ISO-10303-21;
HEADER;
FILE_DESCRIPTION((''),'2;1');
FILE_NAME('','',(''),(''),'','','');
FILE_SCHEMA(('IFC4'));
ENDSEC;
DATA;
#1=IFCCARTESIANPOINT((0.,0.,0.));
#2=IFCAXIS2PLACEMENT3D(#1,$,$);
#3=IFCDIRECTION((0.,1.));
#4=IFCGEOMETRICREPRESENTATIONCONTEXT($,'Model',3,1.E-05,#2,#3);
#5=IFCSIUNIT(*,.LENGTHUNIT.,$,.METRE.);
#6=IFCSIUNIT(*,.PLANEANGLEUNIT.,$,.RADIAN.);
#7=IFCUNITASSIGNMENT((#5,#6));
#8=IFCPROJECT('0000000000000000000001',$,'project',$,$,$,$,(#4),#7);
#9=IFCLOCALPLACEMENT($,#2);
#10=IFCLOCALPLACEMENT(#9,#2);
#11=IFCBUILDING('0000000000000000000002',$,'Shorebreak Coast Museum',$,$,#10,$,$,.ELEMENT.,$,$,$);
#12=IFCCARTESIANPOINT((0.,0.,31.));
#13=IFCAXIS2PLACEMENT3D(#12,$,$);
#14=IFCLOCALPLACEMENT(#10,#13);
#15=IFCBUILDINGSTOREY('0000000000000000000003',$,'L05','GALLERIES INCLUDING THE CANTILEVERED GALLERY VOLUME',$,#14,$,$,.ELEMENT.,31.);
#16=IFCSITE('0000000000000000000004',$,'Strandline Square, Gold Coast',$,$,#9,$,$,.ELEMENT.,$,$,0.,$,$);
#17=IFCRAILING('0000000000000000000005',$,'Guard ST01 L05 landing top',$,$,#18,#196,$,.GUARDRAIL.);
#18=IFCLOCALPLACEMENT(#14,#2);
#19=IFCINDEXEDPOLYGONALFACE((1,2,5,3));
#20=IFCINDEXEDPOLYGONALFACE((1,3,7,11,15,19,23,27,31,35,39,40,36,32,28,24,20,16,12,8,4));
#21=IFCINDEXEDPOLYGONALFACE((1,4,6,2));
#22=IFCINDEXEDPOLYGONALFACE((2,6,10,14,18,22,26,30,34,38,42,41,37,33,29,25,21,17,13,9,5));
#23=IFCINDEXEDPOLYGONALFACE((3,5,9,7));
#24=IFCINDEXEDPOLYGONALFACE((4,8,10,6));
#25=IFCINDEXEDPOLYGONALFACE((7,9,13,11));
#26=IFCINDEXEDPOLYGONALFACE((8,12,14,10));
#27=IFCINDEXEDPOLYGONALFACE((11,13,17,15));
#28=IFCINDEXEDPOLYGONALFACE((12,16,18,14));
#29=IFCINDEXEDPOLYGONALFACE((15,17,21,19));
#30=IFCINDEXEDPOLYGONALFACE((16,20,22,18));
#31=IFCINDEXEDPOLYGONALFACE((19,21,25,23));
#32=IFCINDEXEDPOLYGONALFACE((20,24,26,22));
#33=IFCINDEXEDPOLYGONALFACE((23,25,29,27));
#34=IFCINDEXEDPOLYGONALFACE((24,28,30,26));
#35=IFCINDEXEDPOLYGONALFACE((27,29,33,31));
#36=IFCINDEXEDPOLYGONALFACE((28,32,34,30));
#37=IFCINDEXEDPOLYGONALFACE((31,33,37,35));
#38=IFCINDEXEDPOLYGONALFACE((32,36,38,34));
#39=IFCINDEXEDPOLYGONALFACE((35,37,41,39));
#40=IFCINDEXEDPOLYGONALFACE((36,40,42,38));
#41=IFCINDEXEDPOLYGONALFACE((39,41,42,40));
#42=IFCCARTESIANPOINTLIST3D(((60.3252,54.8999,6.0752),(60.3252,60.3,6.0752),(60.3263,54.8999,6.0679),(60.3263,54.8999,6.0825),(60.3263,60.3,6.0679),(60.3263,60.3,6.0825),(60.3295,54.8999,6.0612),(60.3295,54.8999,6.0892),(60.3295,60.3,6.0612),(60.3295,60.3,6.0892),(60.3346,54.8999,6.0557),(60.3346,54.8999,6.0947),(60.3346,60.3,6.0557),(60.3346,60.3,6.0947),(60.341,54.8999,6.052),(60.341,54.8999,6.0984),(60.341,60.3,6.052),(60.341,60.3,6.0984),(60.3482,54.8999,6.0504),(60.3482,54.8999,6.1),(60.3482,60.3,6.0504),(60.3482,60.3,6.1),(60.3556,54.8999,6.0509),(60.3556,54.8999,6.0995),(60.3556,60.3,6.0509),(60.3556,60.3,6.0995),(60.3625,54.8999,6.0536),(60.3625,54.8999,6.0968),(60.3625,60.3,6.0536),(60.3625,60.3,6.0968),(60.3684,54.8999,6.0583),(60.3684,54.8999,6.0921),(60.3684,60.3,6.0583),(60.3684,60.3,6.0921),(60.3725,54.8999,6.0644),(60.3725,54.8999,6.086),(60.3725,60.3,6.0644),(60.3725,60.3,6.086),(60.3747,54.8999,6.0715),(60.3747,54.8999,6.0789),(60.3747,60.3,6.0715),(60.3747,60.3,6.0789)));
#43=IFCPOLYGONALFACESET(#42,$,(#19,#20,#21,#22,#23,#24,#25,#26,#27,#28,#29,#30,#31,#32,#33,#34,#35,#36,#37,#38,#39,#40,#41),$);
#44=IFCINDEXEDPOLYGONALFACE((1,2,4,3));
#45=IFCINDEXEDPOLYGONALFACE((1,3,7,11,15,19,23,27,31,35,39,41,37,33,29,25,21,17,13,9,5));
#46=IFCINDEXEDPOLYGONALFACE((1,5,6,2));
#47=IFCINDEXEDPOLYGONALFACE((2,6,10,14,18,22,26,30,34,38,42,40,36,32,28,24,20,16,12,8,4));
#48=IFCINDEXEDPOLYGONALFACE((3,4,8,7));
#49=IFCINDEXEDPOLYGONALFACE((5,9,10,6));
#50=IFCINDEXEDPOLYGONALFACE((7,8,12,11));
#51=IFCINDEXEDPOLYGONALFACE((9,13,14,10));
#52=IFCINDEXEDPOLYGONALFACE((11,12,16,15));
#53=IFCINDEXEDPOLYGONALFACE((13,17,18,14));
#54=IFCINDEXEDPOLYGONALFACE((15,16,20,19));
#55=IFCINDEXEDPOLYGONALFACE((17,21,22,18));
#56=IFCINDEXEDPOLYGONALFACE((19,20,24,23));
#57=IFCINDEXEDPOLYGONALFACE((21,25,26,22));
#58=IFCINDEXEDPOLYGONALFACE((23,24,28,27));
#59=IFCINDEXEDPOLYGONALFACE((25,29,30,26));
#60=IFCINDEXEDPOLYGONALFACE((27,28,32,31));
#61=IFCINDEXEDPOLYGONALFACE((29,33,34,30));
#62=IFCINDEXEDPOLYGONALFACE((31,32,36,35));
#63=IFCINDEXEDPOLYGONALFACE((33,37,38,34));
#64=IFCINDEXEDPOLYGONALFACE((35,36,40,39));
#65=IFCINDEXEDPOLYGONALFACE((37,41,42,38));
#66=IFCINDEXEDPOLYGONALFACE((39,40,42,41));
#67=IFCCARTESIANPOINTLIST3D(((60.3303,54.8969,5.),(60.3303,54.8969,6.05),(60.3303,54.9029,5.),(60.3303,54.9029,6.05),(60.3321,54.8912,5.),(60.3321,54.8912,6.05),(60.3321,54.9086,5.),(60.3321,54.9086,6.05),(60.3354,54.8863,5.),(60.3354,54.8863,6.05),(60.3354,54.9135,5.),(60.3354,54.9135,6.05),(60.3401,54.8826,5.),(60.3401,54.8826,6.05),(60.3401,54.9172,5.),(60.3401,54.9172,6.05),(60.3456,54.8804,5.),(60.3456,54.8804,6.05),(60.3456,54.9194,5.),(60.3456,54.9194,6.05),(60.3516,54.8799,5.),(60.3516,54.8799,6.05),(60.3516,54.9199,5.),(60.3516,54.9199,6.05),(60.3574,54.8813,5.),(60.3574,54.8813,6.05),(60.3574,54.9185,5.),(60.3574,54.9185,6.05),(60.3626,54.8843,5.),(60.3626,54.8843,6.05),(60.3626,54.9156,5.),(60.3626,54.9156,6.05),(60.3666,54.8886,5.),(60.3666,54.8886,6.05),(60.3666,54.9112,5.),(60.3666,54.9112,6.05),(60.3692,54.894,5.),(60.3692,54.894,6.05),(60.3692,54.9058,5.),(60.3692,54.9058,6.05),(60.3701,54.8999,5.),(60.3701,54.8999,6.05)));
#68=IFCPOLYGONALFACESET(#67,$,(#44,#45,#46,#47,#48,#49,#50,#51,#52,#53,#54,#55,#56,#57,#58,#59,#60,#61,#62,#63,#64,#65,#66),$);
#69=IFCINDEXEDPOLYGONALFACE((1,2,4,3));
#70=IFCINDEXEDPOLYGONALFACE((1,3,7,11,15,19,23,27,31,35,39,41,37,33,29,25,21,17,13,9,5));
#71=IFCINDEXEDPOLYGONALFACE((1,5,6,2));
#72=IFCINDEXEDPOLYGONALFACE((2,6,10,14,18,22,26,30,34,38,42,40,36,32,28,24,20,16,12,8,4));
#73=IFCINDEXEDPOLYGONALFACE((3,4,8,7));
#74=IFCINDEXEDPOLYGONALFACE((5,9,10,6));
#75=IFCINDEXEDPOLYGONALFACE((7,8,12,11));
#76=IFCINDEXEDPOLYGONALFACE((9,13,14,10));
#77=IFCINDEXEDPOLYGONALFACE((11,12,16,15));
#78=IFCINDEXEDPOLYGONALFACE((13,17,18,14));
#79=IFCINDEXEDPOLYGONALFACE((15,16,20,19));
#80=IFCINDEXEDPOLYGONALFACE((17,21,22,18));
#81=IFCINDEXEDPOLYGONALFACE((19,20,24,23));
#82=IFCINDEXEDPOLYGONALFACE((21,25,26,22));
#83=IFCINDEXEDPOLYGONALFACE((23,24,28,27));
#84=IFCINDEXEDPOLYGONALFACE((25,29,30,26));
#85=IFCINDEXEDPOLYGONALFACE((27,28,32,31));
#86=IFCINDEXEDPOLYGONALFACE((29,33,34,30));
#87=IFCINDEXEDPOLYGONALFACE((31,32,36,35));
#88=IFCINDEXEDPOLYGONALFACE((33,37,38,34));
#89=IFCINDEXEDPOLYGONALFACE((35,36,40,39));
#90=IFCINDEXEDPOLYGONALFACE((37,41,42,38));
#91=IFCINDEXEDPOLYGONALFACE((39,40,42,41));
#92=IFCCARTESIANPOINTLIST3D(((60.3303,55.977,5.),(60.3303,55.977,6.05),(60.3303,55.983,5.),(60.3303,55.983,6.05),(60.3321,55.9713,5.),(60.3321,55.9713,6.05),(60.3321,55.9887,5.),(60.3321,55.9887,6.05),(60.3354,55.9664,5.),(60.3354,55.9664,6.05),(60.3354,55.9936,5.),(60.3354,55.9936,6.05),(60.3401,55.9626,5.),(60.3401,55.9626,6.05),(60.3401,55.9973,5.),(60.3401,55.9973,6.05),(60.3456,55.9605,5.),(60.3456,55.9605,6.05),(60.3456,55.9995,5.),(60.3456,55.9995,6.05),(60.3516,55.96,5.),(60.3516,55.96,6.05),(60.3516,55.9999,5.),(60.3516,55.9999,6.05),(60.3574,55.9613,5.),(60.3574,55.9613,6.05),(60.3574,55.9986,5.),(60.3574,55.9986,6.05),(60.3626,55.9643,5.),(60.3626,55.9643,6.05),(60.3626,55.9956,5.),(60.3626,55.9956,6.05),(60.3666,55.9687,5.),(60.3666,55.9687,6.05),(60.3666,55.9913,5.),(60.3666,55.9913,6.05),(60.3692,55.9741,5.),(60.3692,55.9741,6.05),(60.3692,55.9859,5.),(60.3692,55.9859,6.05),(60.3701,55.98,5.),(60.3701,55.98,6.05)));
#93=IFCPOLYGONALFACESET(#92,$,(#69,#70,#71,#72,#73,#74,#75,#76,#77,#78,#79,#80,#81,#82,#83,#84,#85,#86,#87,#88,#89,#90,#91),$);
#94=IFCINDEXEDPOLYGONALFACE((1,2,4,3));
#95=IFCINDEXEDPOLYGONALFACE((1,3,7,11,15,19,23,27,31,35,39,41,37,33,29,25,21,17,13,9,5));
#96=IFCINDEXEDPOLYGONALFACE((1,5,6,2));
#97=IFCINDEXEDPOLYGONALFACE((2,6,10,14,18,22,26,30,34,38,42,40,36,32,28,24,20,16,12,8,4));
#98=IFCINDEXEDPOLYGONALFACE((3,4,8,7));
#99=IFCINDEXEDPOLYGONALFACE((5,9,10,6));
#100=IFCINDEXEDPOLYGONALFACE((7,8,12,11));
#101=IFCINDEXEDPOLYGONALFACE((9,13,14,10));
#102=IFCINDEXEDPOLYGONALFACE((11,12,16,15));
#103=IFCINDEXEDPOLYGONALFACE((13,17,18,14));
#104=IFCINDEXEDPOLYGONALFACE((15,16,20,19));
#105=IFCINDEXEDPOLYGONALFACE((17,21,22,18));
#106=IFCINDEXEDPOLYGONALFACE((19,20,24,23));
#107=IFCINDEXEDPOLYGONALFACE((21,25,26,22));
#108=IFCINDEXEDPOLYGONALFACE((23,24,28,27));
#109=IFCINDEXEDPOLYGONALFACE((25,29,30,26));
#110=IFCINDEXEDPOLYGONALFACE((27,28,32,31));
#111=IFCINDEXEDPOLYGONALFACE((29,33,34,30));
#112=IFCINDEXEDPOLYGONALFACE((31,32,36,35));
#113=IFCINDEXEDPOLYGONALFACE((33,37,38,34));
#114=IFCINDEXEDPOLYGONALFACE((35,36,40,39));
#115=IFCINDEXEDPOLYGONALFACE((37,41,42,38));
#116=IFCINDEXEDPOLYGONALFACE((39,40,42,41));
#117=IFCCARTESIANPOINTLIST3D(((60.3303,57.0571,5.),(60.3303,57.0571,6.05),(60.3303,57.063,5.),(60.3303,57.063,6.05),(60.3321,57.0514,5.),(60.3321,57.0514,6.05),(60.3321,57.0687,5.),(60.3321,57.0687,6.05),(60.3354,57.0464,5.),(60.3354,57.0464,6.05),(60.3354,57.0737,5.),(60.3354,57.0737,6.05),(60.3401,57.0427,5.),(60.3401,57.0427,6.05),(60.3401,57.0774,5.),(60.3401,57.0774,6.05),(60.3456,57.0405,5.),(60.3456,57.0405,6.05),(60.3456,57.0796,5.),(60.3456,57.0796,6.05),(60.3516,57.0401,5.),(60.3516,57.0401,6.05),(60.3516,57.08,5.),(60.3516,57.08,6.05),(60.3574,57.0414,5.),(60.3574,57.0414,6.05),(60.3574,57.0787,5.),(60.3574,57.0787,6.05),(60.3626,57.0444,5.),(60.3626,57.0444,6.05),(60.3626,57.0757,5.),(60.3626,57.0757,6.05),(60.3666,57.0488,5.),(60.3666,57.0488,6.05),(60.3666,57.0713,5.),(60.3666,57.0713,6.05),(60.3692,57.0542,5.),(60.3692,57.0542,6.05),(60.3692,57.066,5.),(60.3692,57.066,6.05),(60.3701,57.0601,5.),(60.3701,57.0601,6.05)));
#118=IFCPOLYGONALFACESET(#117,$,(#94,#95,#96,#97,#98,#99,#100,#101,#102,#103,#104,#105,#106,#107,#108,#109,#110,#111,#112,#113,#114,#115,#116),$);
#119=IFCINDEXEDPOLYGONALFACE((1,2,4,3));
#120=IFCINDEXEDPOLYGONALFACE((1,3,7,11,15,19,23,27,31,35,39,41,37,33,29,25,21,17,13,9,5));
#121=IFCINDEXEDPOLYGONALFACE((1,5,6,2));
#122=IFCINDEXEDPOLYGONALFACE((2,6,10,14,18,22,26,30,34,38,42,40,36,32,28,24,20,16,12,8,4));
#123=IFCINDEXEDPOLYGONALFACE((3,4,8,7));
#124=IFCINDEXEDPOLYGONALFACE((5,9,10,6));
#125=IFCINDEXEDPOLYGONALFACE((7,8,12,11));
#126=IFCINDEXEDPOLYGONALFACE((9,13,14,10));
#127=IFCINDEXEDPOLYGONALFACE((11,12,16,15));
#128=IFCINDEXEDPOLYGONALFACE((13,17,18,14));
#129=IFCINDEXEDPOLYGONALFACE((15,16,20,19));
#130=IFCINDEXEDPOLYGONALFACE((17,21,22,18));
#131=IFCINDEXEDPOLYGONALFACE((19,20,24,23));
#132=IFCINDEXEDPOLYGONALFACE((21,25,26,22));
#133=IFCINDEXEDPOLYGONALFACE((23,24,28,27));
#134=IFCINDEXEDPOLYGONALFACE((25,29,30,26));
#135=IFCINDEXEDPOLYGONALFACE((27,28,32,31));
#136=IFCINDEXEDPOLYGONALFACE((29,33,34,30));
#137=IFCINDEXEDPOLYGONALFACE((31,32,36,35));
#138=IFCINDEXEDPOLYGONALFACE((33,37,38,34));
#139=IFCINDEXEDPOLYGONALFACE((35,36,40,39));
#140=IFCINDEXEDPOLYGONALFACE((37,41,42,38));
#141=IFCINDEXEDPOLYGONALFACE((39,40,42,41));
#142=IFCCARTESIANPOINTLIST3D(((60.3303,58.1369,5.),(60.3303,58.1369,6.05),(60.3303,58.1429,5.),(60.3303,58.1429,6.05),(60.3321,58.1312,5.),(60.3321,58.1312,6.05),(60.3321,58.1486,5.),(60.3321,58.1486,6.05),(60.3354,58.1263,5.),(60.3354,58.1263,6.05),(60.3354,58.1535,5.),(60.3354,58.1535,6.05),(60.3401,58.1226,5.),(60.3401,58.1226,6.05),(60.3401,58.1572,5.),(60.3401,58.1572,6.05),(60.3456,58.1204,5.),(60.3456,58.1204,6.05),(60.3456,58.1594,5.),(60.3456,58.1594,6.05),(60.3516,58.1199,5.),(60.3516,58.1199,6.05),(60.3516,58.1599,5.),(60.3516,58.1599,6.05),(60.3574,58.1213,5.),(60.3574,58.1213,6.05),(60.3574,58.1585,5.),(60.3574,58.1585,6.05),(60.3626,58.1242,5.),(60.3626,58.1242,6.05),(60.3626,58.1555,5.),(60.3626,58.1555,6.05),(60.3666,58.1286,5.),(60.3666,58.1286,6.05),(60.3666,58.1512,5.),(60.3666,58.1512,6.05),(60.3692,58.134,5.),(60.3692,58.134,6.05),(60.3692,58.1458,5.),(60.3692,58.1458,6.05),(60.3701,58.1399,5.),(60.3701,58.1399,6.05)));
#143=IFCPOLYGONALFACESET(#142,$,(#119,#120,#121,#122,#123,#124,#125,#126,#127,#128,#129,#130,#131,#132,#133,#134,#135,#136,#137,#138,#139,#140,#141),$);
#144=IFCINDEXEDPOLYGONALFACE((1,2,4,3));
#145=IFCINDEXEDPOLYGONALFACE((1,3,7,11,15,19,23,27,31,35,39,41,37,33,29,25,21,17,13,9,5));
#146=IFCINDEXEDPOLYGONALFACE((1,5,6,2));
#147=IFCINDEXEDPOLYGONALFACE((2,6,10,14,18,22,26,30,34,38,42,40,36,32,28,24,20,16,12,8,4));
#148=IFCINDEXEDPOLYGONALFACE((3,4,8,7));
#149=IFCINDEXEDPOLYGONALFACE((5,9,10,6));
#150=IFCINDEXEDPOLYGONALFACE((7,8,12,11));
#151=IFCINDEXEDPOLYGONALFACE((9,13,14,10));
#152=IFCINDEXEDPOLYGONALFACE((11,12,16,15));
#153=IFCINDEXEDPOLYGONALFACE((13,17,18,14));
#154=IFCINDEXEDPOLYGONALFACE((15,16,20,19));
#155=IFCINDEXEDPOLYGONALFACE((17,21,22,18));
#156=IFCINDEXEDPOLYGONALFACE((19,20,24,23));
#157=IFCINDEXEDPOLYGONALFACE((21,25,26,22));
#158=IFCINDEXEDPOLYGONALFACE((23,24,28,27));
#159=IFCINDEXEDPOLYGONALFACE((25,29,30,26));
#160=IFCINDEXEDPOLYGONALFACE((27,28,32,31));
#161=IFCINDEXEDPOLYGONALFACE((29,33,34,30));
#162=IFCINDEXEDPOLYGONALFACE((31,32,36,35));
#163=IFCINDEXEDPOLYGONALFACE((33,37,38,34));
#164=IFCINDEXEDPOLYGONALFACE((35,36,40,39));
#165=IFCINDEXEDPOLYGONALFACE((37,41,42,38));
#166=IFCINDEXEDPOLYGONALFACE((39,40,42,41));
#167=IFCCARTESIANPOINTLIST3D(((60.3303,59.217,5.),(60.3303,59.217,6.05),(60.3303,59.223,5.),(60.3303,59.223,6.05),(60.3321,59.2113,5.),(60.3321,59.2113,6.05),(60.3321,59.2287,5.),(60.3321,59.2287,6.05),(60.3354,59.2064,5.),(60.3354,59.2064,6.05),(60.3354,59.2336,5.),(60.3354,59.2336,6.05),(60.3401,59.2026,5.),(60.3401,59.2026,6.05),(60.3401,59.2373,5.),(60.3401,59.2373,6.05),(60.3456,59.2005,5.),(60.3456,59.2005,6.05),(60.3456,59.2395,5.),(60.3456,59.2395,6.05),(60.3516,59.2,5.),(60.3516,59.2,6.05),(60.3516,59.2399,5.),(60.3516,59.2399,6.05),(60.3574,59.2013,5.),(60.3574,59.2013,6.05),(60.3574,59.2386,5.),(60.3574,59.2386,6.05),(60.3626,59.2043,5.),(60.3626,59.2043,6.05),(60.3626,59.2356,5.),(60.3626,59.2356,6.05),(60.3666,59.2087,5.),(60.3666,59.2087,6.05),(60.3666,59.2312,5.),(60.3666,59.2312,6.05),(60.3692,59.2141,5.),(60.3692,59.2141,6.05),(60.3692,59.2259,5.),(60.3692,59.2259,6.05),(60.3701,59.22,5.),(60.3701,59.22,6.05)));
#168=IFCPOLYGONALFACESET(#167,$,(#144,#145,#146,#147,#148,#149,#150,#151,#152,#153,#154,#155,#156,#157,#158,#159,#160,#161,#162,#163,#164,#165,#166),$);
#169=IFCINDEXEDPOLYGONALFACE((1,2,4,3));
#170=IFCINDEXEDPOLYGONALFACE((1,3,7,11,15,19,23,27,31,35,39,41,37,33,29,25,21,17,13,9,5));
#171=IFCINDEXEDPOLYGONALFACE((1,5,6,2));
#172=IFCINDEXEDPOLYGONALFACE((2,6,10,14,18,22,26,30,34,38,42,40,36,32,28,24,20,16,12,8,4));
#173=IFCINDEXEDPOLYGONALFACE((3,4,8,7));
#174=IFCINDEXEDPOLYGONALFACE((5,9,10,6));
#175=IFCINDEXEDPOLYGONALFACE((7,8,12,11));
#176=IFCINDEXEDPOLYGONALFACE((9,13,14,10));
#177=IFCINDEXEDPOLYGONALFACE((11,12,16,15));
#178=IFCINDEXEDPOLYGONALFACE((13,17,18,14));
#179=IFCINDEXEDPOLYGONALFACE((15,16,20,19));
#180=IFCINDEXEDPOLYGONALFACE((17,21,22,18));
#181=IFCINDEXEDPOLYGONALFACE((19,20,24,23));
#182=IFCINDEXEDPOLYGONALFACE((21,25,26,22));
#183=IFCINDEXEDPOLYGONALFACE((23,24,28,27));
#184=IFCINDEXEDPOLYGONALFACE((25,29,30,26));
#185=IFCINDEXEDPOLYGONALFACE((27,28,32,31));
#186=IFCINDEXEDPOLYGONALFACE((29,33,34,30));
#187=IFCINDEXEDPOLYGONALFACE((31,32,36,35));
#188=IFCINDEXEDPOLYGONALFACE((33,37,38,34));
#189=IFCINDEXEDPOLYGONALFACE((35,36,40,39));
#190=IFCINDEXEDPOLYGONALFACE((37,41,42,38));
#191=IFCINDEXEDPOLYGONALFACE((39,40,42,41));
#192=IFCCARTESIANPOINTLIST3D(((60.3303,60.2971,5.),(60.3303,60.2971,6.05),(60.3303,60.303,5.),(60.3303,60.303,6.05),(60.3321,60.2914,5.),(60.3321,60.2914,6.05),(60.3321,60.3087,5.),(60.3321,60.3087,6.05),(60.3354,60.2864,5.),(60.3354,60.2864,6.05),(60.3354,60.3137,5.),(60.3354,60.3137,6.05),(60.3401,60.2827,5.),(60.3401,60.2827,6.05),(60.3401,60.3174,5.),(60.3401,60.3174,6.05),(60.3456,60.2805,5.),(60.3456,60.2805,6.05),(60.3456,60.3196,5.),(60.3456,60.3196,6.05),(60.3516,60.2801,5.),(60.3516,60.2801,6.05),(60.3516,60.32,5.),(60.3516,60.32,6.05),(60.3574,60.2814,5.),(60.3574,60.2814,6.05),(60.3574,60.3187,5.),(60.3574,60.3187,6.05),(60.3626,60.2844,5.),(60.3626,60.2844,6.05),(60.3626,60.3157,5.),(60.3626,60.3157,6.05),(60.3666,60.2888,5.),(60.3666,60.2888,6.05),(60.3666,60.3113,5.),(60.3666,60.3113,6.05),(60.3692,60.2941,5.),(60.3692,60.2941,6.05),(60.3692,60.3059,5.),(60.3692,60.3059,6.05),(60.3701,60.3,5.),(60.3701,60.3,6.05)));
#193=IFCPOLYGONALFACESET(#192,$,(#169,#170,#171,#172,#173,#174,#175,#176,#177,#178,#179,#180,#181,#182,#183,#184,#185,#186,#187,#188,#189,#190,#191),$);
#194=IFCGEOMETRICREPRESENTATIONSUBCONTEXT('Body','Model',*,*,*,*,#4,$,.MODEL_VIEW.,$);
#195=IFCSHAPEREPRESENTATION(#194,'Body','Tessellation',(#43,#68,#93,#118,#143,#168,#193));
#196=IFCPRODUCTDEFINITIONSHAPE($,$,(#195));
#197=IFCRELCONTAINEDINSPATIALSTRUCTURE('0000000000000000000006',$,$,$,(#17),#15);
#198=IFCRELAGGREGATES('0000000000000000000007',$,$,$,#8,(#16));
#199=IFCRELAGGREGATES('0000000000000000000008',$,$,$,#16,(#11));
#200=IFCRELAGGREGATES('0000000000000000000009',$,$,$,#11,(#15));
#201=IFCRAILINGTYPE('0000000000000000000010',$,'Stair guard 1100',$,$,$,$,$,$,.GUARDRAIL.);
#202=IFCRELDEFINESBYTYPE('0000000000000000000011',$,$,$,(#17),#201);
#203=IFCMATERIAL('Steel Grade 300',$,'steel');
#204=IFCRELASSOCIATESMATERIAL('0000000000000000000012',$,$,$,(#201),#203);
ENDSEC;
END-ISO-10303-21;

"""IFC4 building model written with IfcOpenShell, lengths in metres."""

from ifc_helpers import new_model, si_unit, direction, frame, origin, origin_2d, place, context, subcontext, project, spatial, circle, extrude, material, type_object, element, save


model = new_model("IFC4")

# Units and contexts
model_context = context("Model", 3, precision=1e-05, world=origin(), true_north=direction((0.0, 1.0)))
body_context = subcontext(model_context, "Body", "Model", "MODEL_VIEW")
ifc_project = project(units=[si_unit("LENGTHUNIT", "METRE"), si_unit("PLANEANGLEUNIT", "RADIAN")], contexts=[model_context])

# Site, building, storey
site_placement = place(None, origin())
site = spatial("IfcSite", under=ifc_project, at=site_placement, Name="Strandline Square, Gold Coast", CompositionType="ELEMENT", RefElevation=0.0)
building_placement = place(site_placement, origin())
building = spatial("IfcBuilding", under=site, at=building_placement, Name="Shorebreak Coast Museum", CompositionType="ELEMENT")
storey_placement = place(building_placement, frame((0.0, 0.0, 31.0)))
storey = spatial("IfcBuildingStorey", under=building, at=storey_placement, Name="L05", Description="GALLERIES INCLUDING THE CANTILEVERED GALLERY VOLUME", CompositionType="ELEMENT", Elevation=31.0)

# Railing
ifc_material_1 = material(Name="Steel Grade 300", Category="steel")
railing_type_1 = type_object("IfcRailingType", Name="Stair guard 1100", PredefinedType="GUARDRAIL", material=ifc_material_1)
railing_1_placement = place(storey_placement, frame((60.3501, 54.8999, 5.0)))
element("IfcRailing", 1, at=railing_1_placement, inside=storey, type_object=railing_type_1, Name="Guard ST01 L05 landing top", PredefinedType="GUARDRAIL", context=body_context, shape_type="SweptSolid", body=[
    extrude(circle(Radius=0.0249, at=origin_2d()), frame((0.0, 0.0, 1.0752), z_axis=(0.0, 1.0, 0.0), x_axis=(-1.0, 0.0, 0.0)), (0.0, 0.0, 1.0), 5.4001),
    extrude(circle(Radius=0.02, at=origin_2d()), origin(), (0.0, 0.0, 1.0), 1.05),
    extrude(circle(Radius=0.02, at=origin_2d()), frame((0.0, 1.0801, 0.0)), (0.0, 0.0, 1.0), 1.05),
    extrude(circle(Radius=0.02, at=origin_2d()), frame((0.0, 2.1602, 0.0)), (0.0, 0.0, 1.0), 1.05),
    extrude(circle(Radius=0.02, at=origin_2d()), frame((0.0, 3.24, 0.0)), (0.0, 0.0, 1.0), 1.05),
    extrude(circle(Radius=0.02, at=origin_2d()), frame((0.0, 4.3201, 0.0)), (0.0, 0.0, 1.0), 1.05),
    extrude(circle(Radius=0.02, at=origin_2d()), frame((0.0, 5.4001, 0.0)), (0.0, 0.0, 1.0), 1.05),
])

save(model, "model.ifc")
